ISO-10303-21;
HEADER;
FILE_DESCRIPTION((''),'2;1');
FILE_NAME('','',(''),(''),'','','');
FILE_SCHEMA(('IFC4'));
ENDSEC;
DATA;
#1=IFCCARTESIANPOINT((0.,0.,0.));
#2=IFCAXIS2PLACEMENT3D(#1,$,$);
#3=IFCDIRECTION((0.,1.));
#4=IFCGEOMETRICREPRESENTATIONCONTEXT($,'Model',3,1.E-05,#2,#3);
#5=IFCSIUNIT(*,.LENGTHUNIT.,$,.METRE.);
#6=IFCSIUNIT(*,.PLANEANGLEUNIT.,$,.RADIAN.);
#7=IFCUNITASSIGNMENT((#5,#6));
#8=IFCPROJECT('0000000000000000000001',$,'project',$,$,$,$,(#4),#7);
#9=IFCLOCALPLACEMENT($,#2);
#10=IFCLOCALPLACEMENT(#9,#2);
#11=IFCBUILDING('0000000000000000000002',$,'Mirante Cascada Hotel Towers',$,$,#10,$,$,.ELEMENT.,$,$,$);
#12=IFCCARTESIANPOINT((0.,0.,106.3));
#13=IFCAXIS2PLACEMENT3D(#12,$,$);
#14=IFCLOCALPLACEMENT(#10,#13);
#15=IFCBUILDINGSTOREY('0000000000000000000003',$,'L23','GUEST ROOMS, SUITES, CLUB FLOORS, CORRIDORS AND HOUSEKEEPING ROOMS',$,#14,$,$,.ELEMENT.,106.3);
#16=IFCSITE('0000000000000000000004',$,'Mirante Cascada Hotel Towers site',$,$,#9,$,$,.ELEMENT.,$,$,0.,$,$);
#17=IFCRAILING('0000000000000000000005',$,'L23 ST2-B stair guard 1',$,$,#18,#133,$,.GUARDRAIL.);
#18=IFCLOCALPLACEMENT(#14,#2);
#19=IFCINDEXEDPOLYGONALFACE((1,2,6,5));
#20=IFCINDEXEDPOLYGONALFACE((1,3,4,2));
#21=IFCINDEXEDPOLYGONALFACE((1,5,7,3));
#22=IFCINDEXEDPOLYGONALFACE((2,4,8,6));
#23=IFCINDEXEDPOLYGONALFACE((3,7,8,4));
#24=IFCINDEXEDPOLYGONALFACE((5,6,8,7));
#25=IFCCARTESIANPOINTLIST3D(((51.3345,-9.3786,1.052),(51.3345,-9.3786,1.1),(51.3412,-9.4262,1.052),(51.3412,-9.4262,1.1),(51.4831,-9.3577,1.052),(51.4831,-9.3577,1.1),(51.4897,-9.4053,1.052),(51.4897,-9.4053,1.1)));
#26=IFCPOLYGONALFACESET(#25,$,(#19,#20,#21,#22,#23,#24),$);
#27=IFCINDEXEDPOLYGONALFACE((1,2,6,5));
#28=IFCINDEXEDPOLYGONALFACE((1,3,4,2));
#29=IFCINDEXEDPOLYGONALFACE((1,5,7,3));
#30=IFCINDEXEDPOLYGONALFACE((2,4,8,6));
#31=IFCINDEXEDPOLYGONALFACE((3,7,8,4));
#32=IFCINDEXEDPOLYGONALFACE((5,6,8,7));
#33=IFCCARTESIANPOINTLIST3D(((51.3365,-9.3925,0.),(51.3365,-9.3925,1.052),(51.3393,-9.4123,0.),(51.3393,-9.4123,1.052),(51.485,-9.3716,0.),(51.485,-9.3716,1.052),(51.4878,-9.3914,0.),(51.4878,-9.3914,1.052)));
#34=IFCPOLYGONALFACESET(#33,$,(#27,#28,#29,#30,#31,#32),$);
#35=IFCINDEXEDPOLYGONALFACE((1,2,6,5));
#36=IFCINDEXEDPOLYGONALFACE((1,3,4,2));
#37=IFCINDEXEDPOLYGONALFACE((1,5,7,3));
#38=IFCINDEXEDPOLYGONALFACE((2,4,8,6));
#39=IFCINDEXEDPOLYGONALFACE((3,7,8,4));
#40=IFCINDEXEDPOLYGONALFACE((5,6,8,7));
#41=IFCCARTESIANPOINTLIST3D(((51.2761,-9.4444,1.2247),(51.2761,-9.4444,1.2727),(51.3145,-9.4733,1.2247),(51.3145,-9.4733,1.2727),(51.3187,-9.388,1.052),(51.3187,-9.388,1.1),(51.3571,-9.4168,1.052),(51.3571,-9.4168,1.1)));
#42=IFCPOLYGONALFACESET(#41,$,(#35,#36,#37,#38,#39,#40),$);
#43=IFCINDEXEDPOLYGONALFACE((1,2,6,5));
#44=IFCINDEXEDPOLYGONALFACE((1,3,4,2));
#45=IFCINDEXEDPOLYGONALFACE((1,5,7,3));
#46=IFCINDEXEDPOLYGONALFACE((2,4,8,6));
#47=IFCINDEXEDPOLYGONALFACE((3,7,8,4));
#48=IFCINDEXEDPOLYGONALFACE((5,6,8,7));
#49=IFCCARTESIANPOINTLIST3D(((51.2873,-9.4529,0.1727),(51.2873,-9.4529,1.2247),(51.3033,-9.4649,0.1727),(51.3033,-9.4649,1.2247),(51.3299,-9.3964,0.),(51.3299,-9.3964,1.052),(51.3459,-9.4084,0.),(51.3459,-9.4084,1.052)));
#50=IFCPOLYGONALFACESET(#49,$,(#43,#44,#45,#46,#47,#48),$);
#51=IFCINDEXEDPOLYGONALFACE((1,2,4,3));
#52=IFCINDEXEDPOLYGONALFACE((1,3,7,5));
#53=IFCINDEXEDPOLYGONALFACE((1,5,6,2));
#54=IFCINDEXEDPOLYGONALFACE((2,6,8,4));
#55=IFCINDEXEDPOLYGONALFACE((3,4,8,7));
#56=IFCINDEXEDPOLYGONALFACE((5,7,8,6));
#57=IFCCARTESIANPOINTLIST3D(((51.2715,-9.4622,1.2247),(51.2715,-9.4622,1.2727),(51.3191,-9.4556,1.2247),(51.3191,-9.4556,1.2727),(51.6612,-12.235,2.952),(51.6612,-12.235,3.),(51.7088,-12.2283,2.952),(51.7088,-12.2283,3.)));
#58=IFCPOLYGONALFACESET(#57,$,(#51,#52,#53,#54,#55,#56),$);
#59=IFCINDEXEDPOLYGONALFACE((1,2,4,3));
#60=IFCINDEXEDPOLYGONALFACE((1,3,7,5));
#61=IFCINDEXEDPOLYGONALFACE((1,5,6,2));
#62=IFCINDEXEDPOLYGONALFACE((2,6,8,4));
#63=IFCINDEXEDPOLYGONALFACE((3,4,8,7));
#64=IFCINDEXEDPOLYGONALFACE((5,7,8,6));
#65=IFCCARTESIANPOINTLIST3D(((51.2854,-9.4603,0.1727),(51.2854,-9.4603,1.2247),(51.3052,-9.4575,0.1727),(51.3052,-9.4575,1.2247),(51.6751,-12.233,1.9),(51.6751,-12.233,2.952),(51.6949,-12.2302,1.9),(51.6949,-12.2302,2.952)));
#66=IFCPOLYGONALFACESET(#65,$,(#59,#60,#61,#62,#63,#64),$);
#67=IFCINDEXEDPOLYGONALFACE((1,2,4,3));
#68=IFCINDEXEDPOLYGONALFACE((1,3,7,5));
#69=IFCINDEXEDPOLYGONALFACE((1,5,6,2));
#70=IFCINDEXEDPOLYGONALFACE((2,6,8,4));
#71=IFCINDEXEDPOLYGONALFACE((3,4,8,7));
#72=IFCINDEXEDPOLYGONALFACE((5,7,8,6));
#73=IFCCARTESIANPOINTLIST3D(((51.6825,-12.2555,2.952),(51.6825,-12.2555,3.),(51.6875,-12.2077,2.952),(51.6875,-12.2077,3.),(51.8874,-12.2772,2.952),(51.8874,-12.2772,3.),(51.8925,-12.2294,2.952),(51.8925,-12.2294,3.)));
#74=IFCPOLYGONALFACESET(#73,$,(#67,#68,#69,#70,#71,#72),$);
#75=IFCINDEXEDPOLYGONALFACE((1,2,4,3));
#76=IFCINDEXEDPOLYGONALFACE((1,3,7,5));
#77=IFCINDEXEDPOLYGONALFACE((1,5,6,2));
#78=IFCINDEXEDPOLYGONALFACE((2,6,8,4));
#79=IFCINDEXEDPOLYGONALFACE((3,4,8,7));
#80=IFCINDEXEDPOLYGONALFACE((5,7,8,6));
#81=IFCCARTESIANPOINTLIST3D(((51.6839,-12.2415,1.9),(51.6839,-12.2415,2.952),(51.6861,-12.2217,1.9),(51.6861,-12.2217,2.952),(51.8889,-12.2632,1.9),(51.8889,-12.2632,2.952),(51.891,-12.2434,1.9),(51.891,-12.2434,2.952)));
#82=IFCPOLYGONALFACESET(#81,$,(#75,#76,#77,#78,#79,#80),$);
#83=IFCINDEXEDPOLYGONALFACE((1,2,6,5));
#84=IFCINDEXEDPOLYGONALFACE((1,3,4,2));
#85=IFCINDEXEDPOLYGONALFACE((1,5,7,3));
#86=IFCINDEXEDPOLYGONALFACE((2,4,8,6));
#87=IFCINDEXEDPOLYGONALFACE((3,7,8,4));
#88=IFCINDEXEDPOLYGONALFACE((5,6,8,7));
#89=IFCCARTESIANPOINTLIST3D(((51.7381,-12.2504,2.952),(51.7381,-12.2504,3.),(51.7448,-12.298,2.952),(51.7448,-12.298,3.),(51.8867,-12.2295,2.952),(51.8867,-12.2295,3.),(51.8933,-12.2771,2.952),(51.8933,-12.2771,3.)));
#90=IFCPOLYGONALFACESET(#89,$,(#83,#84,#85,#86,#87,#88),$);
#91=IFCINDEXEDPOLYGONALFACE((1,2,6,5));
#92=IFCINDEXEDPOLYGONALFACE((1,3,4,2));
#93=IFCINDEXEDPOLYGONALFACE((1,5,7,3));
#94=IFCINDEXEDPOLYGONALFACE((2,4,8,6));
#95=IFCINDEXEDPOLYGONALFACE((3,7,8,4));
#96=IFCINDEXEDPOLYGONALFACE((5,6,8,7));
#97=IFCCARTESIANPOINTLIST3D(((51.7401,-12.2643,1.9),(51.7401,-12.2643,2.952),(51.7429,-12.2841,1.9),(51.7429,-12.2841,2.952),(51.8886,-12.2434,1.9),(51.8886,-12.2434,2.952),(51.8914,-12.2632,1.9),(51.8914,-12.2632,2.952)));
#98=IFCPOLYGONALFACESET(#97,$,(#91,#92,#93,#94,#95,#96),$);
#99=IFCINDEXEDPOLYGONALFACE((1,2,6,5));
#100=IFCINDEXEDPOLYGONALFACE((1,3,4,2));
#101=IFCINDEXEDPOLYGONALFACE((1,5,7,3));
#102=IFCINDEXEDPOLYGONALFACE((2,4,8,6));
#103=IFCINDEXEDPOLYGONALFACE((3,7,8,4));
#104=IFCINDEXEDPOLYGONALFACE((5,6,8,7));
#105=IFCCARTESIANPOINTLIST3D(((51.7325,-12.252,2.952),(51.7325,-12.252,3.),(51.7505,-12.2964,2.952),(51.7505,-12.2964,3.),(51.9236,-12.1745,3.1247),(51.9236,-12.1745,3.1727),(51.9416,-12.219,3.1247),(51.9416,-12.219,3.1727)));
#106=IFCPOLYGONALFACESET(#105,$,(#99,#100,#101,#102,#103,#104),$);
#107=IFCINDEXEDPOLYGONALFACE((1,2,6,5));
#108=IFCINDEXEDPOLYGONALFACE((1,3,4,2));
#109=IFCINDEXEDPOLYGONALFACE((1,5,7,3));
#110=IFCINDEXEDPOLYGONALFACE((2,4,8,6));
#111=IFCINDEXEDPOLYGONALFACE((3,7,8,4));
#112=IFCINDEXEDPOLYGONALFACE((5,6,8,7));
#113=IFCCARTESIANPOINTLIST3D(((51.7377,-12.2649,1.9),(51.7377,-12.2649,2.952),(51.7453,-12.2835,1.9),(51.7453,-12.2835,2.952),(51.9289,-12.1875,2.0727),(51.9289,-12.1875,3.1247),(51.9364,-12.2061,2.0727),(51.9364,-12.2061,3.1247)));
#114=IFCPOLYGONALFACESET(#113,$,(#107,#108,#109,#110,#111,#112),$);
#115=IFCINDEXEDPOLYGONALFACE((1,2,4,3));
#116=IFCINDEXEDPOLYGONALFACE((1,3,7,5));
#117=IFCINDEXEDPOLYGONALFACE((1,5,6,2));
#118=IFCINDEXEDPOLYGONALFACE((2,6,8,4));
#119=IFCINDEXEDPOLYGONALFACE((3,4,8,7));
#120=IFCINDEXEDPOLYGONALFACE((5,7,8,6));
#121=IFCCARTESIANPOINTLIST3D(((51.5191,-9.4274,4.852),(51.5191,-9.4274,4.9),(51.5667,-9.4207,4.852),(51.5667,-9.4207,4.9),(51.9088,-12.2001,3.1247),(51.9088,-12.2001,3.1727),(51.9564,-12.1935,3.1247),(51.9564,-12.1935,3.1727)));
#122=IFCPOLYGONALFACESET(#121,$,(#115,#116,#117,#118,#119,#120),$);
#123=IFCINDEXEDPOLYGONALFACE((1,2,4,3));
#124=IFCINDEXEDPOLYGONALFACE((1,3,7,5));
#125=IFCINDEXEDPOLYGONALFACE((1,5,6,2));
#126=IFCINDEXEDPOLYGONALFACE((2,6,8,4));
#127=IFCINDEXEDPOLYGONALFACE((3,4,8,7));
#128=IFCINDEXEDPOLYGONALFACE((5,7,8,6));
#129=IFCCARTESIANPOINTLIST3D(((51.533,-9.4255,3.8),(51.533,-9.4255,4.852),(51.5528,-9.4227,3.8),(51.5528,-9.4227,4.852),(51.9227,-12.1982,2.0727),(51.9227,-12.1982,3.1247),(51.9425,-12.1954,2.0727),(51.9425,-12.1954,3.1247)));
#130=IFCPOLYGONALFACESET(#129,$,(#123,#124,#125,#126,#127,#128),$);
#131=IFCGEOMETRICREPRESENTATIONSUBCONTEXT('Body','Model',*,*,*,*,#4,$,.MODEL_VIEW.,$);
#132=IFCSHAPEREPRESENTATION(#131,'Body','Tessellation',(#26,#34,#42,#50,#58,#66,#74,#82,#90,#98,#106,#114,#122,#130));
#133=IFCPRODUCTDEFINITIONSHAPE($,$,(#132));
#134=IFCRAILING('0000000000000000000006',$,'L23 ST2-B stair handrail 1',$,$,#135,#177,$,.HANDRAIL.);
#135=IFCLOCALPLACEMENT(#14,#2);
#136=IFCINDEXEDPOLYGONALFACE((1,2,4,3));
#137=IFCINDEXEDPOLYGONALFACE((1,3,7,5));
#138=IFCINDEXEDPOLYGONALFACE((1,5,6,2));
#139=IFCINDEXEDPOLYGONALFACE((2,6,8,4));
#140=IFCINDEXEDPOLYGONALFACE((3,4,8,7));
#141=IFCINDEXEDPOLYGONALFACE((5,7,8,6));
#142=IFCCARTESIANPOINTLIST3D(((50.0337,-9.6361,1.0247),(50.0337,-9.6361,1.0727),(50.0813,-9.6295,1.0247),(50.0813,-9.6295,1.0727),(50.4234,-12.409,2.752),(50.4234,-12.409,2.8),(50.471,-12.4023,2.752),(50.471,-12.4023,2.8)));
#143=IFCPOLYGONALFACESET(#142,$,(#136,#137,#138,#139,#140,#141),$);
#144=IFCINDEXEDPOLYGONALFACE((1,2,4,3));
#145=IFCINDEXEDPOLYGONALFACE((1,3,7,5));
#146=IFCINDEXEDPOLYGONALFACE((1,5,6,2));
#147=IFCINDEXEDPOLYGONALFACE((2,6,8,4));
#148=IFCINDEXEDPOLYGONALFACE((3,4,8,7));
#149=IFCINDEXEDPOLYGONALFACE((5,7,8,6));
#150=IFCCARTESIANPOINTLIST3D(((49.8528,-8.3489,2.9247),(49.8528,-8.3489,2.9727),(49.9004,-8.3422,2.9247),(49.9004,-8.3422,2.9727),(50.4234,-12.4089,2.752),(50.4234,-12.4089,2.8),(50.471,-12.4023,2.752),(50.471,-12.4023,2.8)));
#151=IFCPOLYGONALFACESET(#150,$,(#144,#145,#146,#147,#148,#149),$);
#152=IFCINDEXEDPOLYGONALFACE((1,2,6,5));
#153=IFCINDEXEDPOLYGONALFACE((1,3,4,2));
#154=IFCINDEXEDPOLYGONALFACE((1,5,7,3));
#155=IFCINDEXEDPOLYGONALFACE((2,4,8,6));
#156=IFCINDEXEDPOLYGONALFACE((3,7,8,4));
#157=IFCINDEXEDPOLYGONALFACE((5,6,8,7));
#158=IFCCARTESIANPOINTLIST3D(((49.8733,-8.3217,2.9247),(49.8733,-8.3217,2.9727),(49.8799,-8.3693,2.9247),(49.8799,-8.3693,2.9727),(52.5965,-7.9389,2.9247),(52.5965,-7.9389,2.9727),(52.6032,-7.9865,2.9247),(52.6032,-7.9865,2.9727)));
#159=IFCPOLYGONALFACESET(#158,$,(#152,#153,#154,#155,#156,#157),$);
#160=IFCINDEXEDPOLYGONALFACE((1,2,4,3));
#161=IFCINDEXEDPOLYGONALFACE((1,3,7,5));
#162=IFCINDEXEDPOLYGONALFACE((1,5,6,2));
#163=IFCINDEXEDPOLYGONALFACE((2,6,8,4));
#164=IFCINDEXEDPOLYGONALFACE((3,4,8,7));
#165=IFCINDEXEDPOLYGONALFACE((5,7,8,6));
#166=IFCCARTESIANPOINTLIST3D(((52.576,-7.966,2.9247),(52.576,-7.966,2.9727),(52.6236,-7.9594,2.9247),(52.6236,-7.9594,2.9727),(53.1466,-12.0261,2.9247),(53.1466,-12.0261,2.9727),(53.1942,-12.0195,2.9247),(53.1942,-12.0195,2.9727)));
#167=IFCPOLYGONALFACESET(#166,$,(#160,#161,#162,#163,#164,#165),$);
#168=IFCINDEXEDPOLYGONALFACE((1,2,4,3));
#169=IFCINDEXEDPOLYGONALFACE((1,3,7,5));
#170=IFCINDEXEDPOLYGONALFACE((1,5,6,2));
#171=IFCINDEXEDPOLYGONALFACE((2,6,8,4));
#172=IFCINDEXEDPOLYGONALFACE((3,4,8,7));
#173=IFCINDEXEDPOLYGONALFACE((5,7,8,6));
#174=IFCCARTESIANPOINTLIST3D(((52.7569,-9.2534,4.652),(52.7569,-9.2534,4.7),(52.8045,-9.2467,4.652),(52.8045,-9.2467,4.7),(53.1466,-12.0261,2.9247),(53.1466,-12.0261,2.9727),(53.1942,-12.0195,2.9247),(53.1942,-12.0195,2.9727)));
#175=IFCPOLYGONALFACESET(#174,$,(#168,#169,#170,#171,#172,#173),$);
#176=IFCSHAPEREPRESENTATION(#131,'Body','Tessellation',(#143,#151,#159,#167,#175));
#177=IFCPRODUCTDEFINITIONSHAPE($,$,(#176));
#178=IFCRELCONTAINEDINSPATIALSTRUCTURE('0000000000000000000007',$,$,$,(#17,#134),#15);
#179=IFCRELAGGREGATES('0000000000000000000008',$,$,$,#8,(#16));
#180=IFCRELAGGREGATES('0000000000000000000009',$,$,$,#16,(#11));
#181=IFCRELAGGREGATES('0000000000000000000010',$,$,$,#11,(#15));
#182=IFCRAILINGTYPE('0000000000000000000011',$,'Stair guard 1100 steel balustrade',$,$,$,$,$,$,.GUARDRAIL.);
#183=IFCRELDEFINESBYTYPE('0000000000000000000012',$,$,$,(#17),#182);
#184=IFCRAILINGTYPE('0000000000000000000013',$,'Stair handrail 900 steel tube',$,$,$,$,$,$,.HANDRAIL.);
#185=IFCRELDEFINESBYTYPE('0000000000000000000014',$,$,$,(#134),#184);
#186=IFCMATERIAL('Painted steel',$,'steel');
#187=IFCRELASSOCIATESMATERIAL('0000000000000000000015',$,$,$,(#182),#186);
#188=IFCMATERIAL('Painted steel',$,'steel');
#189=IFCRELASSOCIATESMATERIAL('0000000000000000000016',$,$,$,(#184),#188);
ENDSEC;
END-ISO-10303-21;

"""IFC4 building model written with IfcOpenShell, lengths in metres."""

from ifc_helpers import new_model, si_unit, direction, frame, origin, origin_2d, place, context, subcontext, project, spatial, rectangle, extrude, material, type_object, element, save


model = new_model("IFC4")

# Units and contexts
model_context = context("Model", 3, precision=1e-05, world=origin(), true_north=direction((0.0, 1.0)))
body_context = subcontext(model_context, "Body", "Model", "MODEL_VIEW")
ifc_project = project(units=[si_unit("LENGTHUNIT", "METRE"), si_unit("PLANEANGLEUNIT", "RADIAN")], contexts=[model_context])

# Site, building, storey
site_placement = place(None, origin())
site = spatial("IfcSite", under=ifc_project, at=site_placement, Name="Mirante Cascada Hotel Towers site", CompositionType="ELEMENT", RefElevation=0.0)
building_placement = place(site_placement, origin())
building = spatial("IfcBuilding", under=site, at=building_placement, Name="Mirante Cascada Hotel Towers", CompositionType="ELEMENT")
storey_placement = place(building_placement, frame((0.0, 0.0, 106.3)))
storey = spatial("IfcBuildingStorey", under=building, at=storey_placement, Name="L23", Description="GUEST ROOMS, SUITES, CLUB FLOORS, CORRIDORS AND HOUSEKEEPING ROOMS", CompositionType="ELEMENT", Elevation=106.3)

# Railings
ifc_material_1 = material(Name="Painted steel", Category="steel")
railing_type_1 = type_object("IfcRailingType", Name="Stair guard 1100 steel balustrade", PredefinedType="GUARDRAIL", material=ifc_material_1)
railing_1_placement = place(storey_placement, frame((51.4864, -9.3815, 0.0)))
element("IfcRailing", 1, at=railing_1_placement, inside=storey, type_object=railing_type_1, Name="L23 ST2-B stair guard 1", PredefinedType="GUARDRAIL", context=body_context, shape_type="SweptSolid", body=[
    extrude(rectangle(XDim=0.048, YDim=0.048, at=origin_2d()), frame((0.0, 0.0, 1.076), z_axis=(-0.990241, -0.139367, 0.0), x_axis=(0.139367, -0.990241, 0.0)), (0.0, 0.0, 1.0), 0.15),
    extrude(rectangle(XDim=0.02, YDim=1.052, at=origin_2d()), frame((0.0, 0.0, 0.526), z_axis=(-0.990241, -0.139367, 0.0), x_axis=(0.139367, -0.990241, 0.0)), (0.0, 0.0, 1.0), 0.15),
    extrude(rectangle(XDim=0.048, YDim=0.048, at=origin_2d()), frame((-0.1485, -0.0209, 1.076), z_axis=(-0.602033, -0.798471, 0.0), x_axis=(0.798471, -0.602033, 0.0)), (0.0, 0.92534, 0.379139), 0.1866),
    extrude(rectangle(XDim=0.02, YDim=1.052, at=origin_2d()), frame((-0.1485, -0.0209, 0.526), z_axis=(-0.602033, -0.798471, 0.0), x_axis=(0.798471, -0.602033, 0.0)), (0.0, 0.92534, 0.379139), 0.1866),
    extrude(rectangle(XDim=0.048, YDim=0.048, at=origin_2d()), frame((-0.1911, -0.0774, 1.2487), z_axis=(0.139181, -0.990267, 0.0), x_axis=(0.990267, 0.139181, 0.0)), (0.0, 0.525035, 0.851081), 3.2899),
    extrude(rectangle(XDim=0.02, YDim=1.052, at=origin_2d()), frame((-0.1911, -0.0774, 0.6987), z_axis=(0.139181, -0.990267, 0.0), x_axis=(0.990267, 0.139181, 0.0)), (0.0, 0.525035, 0.851081), 3.2899),
    extrude(rectangle(XDim=0.048, YDim=0.048, at=origin_2d()), frame((0.1986, -2.8501, 2.976), z_axis=(0.994444, -0.105266, 0.0), x_axis=(0.105266, 0.994444, 0.0)), (0.0, 0.0, 1.0), 0.2061),
    extrude(rectangle(XDim=0.02, YDim=1.052, at=origin_2d()), frame((0.1986, -2.8501, 2.426), z_axis=(0.994444, -0.105266, 0.0), x_axis=(0.105266, 0.994444, 0.0)), (0.0, 0.0, 1.0), 0.2061),
    extrude(rectangle(XDim=0.048, YDim=0.048, at=origin_2d()), frame((0.4036, -2.8718, 2.976), z_axis=(-0.990241, -0.139367, 0.0), x_axis=(0.139367, -0.990241, 0.0)), (0.0, 0.0, 1.0), 0.15),
    extrude(rectangle(XDim=0.02, YDim=1.052, at=origin_2d()), frame((0.4036, -2.8718, 2.426), z_axis=(-0.990241, -0.139367, 0.0), x_axis=(0.139367, -0.990241, 0.0)), (0.0, 0.0, 1.0), 0.15),
    extrude(rectangle(XDim=0.048, YDim=0.048, at=origin_2d()), frame((0.2551, -2.8927, 2.976), z_axis=(0.926862, 0.375401, 0.0), x_axis=(-0.375401, 0.926862, 0.0)), (0.0, 0.642122, 0.766603), 0.269),
    extrude(rectangle(XDim=0.02, YDim=1.052, at=origin_2d()), frame((0.2551, -2.8927, 2.426), z_axis=(0.926862, 0.375401, 0.0), x_axis=(-0.375401, 0.926862, 0.0)), (0.0, 0.642122, 0.766603), 0.269),
    extrude(rectangle(XDim=0.048, YDim=0.048, at=origin_2d()), frame((0.4462, -2.8153, 3.1487), z_axis=(-0.139181, 0.990267, 0.0), x_axis=(-0.990267, -0.139181, 0.0)), (0.0, 0.525035, 0.851081), 3.2899),
    extrude(rectangle(XDim=0.02, YDim=1.052, at=origin_2d()), frame((0.4462, -2.8153, 2.5987), z_axis=(-0.139181, 0.990267, 0.0), x_axis=(-0.990267, -0.139181, 0.0)), (0.0, 0.525035, 0.851081), 3.2899),
])
ifc_material_2 = material(Name="Painted steel", Category="steel")
railing_type_2 = type_object("IfcRailingType", Name="Stair handrail 900 steel tube", PredefinedType="HANDRAIL", material=ifc_material_2)
railing_2_placement = place(storey_placement, frame((50.0575, -9.6328, 0.1727)))
element("IfcRailing", 2, at=railing_2_placement, inside=storey, type_object=railing_type_2, Name="L23 ST2-B stair handrail 1", PredefinedType="HANDRAIL", context=body_context, shape_type="SweptSolid", body=[
    extrude(rectangle(XDim=0.048, YDim=0.048, at=origin_2d()), frame((0.0, 0.0, 0.876), z_axis=(0.139176, -0.990268, 0.0), x_axis=(0.990268, 0.139176, 0.0)), (0.0, 0.525021, 0.851089), 3.29),
    extrude(rectangle(XDim=0.048, YDim=0.048, at=origin_2d()), frame((0.3897, -2.7728, 2.6033), z_axis=(-0.139171, 0.990268, 0.0), x_axis=(-0.990268, -0.139171, 0.0)), (0.0, 0.042085, 0.999114), 4.1036),
    extrude(rectangle(XDim=0.048, YDim=0.048, at=origin_2d()), frame((-0.1809, 1.2873, 2.776), z_axis=(0.990264, 0.139201, 0.0), x_axis=(-0.139201, 0.990264, 0.0)), (0.0, 0.0, 1.0), 2.75),
    extrude(rectangle(XDim=0.048, YDim=0.048, at=origin_2d()), frame((2.5423, 1.6701, 2.776), z_axis=(0.139171, -0.990268, 0.0), x_axis=(0.990268, 0.139171, 0.0)), (0.0, 0.0, 1.0), 4.1),
    extrude(rectangle(XDim=0.048, YDim=0.048, at=origin_2d()), frame((3.1129, -2.39, 2.776), z_axis=(-0.139181, 0.990267, 0.0), x_axis=(-0.990267, -0.139181, 0.0)), (0.0, 0.525035, 0.851081), 3.2899),
])

save(model, "model.ifc")
